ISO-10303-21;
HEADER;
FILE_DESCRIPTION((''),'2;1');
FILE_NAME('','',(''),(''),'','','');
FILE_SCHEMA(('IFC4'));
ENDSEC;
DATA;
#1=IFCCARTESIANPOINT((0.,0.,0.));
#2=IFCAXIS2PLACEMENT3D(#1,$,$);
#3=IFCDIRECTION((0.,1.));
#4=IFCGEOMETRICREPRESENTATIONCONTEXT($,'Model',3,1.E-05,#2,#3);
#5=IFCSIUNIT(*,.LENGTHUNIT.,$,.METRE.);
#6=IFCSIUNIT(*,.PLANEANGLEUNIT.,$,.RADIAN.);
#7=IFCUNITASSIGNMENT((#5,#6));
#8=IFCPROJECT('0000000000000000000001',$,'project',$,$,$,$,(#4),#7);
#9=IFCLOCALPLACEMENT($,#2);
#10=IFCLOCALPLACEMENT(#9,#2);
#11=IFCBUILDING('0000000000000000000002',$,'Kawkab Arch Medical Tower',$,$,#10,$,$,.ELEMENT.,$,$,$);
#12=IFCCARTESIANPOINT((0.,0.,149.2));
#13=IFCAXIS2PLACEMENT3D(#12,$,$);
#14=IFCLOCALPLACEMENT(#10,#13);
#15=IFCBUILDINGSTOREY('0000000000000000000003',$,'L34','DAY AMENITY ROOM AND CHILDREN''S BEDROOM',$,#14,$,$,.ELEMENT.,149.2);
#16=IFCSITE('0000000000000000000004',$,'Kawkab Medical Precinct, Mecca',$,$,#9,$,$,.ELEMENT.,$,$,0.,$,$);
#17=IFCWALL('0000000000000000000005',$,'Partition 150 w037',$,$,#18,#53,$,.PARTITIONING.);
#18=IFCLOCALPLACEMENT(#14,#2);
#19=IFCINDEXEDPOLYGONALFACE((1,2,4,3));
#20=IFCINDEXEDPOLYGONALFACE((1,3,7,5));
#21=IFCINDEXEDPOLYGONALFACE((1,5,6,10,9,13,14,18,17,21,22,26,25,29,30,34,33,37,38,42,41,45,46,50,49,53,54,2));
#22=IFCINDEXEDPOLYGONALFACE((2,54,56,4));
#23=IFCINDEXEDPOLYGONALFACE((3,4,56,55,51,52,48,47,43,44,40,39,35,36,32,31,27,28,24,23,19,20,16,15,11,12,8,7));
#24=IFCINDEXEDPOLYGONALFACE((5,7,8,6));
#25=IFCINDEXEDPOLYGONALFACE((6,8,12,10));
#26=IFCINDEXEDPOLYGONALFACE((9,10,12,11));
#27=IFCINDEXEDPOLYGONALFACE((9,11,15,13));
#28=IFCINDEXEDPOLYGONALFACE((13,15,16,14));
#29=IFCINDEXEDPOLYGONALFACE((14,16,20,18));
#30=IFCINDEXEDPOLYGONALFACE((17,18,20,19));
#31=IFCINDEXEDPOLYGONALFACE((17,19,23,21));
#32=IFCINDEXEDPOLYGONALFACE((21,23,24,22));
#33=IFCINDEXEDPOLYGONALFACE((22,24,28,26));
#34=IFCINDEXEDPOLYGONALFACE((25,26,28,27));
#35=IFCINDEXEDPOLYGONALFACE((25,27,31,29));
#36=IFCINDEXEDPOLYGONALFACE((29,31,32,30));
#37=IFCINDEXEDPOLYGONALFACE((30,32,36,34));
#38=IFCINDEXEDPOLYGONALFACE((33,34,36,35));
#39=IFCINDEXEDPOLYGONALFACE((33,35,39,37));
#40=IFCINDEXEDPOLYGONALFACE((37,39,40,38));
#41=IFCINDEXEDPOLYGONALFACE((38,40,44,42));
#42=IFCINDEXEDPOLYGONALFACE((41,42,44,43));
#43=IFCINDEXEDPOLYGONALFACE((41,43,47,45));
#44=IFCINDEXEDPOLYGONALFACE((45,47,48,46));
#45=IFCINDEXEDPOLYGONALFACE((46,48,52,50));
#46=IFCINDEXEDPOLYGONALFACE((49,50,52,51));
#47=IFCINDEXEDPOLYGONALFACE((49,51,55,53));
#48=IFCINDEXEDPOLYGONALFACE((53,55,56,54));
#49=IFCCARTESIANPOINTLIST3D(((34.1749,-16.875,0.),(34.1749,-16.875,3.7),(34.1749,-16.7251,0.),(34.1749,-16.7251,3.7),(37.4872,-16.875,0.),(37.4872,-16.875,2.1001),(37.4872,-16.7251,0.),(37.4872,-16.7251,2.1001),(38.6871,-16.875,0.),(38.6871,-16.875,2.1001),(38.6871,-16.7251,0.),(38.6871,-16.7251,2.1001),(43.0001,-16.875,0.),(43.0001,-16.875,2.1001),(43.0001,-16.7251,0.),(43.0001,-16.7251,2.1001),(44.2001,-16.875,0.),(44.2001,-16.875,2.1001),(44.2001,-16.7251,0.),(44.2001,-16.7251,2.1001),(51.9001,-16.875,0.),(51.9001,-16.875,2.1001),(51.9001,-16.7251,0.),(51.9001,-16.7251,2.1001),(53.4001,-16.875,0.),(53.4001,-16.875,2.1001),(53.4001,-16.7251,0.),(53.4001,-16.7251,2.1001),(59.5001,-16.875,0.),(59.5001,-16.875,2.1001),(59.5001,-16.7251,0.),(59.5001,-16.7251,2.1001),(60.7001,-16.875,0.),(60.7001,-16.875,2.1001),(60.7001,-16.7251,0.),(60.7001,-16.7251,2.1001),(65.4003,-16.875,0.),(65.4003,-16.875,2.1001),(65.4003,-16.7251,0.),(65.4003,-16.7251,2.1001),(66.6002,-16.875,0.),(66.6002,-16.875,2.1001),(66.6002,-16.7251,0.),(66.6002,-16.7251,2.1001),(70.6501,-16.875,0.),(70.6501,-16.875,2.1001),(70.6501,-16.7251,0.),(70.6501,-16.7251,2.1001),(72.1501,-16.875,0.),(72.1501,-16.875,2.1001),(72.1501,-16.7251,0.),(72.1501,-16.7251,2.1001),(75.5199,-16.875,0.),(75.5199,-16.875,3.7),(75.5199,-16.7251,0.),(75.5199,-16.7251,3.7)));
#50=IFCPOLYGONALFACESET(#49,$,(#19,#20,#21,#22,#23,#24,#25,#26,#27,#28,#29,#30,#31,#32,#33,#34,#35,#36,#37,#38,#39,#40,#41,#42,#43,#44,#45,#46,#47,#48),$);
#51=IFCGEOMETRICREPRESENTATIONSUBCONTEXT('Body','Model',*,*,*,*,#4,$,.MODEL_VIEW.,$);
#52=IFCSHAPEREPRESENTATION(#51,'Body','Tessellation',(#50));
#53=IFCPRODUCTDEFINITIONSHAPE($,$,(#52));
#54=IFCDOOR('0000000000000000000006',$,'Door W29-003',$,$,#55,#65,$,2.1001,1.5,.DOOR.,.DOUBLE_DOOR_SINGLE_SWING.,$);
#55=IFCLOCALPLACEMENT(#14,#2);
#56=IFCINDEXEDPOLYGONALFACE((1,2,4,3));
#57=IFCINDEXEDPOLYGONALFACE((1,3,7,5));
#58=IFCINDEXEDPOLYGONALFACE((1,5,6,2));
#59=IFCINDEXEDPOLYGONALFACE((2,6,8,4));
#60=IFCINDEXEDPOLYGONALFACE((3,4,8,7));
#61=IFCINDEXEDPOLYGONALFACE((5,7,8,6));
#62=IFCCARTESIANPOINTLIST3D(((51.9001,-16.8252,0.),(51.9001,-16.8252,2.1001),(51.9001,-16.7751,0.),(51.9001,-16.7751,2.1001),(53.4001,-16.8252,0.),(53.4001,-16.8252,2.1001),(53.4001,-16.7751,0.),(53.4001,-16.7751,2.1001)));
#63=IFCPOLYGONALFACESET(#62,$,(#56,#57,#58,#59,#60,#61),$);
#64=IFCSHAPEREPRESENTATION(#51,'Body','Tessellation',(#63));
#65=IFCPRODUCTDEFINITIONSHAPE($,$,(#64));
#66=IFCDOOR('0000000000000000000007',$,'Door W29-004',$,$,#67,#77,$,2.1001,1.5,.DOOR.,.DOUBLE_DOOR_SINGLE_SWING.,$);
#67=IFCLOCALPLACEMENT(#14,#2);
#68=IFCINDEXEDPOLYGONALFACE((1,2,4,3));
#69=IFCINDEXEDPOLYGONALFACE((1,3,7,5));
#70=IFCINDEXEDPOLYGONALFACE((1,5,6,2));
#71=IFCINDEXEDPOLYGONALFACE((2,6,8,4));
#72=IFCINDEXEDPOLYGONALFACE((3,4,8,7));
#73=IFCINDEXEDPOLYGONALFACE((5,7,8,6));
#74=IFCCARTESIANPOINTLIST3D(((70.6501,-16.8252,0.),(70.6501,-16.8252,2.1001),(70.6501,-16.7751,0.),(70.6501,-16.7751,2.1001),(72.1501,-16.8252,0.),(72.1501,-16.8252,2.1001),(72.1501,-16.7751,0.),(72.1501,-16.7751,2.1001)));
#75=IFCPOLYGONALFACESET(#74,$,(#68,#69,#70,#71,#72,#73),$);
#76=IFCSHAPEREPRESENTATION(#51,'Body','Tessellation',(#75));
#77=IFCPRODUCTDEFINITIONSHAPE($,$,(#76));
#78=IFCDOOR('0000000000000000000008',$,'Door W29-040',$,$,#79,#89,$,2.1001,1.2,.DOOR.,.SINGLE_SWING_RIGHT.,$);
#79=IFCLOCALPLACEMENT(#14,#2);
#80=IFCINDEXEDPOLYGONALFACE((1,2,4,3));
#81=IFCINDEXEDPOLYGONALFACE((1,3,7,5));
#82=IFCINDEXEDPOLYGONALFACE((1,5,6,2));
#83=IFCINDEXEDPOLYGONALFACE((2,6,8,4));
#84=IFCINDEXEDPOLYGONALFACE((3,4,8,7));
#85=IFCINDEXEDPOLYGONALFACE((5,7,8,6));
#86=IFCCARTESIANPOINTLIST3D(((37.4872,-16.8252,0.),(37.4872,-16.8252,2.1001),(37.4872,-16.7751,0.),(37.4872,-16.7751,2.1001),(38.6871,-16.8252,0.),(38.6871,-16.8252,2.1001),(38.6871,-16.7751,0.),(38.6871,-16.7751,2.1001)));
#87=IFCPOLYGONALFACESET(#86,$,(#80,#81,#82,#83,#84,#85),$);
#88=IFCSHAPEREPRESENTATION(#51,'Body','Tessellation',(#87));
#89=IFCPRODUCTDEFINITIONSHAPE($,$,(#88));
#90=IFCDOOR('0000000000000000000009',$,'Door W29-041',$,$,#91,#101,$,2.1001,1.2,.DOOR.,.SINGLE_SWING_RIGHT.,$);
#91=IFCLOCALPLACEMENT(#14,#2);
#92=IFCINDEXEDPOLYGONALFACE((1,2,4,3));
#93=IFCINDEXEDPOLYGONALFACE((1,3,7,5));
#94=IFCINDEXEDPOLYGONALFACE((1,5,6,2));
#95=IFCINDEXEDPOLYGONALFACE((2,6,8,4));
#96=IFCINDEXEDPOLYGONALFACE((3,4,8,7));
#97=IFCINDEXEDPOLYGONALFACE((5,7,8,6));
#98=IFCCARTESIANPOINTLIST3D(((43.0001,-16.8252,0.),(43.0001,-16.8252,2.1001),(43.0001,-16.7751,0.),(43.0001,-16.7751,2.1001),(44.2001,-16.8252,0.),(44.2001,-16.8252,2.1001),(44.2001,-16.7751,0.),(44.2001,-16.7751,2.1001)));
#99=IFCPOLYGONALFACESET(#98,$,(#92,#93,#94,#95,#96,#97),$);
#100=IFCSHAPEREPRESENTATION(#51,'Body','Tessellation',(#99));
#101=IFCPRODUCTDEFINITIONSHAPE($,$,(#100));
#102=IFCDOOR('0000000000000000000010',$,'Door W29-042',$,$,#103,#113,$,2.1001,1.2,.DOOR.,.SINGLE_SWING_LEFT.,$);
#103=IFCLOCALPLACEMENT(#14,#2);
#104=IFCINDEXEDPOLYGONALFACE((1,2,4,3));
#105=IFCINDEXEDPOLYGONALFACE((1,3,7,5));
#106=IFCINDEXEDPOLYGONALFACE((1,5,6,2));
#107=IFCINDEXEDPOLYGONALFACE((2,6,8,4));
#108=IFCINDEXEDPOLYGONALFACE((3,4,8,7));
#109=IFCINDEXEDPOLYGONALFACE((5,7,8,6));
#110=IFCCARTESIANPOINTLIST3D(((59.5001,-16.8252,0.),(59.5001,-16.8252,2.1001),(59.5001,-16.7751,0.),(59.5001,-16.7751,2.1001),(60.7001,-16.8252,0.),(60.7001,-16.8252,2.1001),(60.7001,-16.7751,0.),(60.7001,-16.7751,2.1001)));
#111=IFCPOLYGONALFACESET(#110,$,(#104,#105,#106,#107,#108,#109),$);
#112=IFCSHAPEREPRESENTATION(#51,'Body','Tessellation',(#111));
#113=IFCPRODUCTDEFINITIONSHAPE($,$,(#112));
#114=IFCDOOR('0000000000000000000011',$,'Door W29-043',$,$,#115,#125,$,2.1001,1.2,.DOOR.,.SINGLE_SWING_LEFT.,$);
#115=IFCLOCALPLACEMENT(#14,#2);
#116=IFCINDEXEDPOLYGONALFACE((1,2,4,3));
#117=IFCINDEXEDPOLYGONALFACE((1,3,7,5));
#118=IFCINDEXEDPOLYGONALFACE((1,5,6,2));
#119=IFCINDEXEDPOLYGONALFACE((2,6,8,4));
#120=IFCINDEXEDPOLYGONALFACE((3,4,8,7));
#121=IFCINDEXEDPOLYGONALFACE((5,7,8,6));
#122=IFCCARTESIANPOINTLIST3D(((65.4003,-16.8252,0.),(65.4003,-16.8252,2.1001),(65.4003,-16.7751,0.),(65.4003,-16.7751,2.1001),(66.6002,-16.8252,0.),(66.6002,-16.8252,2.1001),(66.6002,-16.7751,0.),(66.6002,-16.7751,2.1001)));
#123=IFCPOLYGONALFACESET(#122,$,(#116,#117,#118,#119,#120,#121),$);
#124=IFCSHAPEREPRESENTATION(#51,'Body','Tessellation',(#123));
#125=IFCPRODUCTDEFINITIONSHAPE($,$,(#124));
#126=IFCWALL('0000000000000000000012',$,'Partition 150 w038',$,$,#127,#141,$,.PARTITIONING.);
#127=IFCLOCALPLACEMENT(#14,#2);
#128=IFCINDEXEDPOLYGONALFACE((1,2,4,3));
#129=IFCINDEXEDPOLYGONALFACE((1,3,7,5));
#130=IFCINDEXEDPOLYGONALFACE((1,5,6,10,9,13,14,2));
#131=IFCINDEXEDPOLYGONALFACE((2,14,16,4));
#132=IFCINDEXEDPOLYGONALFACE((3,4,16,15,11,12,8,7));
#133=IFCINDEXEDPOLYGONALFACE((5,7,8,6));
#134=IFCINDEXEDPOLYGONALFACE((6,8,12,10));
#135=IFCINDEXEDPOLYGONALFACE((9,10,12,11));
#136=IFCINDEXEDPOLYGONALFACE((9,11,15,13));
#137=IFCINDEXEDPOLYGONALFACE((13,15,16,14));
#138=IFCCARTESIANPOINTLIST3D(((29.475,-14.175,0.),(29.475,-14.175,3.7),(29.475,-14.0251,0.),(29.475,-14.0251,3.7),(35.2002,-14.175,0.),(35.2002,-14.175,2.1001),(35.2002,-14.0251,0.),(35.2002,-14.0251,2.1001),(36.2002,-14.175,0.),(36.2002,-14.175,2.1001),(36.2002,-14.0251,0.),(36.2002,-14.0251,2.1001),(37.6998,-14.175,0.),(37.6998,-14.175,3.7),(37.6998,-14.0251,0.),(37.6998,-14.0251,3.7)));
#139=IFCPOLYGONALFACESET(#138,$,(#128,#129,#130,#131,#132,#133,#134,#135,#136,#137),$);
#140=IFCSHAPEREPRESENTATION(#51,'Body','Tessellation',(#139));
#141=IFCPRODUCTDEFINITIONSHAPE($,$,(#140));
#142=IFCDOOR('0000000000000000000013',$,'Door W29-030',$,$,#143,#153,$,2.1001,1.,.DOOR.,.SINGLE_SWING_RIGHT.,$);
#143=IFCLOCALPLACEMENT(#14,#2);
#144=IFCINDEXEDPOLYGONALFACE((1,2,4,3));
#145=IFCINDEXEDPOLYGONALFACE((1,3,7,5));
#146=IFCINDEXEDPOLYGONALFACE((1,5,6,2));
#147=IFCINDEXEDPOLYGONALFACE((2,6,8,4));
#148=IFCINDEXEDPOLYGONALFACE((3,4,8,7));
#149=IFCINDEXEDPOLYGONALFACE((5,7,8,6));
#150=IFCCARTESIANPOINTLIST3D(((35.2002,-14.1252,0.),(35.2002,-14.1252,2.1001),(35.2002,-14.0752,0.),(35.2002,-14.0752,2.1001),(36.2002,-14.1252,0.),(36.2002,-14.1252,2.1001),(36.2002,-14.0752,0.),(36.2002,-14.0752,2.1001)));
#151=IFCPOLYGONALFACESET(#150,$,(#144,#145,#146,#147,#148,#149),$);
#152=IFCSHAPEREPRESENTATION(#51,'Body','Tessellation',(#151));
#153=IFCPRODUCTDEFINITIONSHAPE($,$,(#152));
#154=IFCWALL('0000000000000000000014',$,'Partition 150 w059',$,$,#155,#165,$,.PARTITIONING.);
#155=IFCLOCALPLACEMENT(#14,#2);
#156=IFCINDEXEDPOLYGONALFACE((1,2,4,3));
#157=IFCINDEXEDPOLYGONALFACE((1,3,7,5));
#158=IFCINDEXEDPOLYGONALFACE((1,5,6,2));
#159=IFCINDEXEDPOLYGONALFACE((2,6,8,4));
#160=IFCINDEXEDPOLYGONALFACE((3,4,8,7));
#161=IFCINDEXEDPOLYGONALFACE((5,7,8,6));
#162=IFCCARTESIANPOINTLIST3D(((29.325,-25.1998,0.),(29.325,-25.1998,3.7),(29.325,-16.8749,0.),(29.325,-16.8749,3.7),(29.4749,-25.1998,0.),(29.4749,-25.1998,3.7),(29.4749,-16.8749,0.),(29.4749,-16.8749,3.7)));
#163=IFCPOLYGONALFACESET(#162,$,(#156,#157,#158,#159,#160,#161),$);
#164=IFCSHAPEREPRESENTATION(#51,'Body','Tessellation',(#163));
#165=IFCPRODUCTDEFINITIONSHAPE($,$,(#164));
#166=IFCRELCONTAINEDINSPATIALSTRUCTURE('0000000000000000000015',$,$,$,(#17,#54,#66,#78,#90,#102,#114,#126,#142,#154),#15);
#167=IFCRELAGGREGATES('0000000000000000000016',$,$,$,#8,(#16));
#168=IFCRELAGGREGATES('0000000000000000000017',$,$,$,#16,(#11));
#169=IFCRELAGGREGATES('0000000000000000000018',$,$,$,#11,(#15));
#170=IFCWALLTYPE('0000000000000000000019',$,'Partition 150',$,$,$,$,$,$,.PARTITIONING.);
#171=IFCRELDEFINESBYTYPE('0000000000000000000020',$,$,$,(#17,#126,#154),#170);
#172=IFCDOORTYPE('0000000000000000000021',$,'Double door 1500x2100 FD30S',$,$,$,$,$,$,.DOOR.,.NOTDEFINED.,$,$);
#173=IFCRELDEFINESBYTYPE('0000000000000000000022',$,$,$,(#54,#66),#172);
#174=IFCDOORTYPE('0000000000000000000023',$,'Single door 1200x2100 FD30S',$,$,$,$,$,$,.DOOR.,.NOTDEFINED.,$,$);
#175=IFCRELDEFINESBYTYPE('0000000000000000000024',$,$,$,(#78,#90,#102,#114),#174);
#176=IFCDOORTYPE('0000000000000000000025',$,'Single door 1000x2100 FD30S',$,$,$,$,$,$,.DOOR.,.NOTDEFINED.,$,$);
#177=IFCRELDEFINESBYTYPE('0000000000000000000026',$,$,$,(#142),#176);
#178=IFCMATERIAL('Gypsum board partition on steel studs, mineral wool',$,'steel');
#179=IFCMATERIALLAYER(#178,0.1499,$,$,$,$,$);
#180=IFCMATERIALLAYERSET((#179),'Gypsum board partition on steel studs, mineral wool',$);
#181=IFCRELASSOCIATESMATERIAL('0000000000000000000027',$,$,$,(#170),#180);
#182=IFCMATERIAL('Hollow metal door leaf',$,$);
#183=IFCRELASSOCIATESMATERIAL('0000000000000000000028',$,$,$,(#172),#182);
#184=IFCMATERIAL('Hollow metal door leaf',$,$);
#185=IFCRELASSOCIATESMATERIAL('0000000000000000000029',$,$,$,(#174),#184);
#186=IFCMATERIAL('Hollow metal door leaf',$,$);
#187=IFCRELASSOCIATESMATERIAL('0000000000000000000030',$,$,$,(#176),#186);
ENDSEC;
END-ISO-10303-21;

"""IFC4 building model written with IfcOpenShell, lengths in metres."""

from ifc_helpers import new_model, si_unit, direction, frame, frame_2d, origin, place, context, subcontext, project, spatial, rectangle, extrude, material, layer, layer_set, type_object, element, fill, save


model = new_model("IFC4")

# Units and contexts
model_context = context("Model", 3, precision=1e-05, world=origin(), true_north=direction((0.0, 1.0)))
body_context = subcontext(model_context, "Body", "Model", "MODEL_VIEW")
ifc_project = project(units=[si_unit("LENGTHUNIT", "METRE"), si_unit("PLANEANGLEUNIT", "RADIAN")], contexts=[model_context])

# Site, building, storey
site_placement = place(None, origin())
site = spatial("IfcSite", under=ifc_project, at=site_placement, Name="Kawkab Medical Precinct, Mecca", CompositionType="ELEMENT", RefElevation=0.0)
building_placement = place(site_placement, origin())
building = spatial("IfcBuilding", under=site, at=building_placement, Name="Kawkab Arch Medical Tower", CompositionType="ELEMENT")
storey_placement = place(building_placement, frame((0.0, 0.0, 149.2)))
storey = spatial("IfcBuildingStorey", under=building, at=storey_placement, Name="L34", Description="DAY AMENITY ROOM AND CHILDREN'S BEDROOM", CompositionType="ELEMENT", Elevation=149.2)

# Shared definitions
ifc_material_1 = material(Name="Gypsum board partition on steel studs, mineral wool", Category="steel")
ifc_layer_1 = layer(ifc_material_1, 0.1499)
ifc_layer_set_1 = layer_set([ifc_layer_1], Name="Gypsum board partition on steel studs, mineral wool")
wall_type_1 = type_object("IfcWallType", Name="Partition 150", PredefinedType="PARTITIONING", material=ifc_layer_set_1)

# Wall, openings, doors
ifc_material_2 = material(Name="Hollow metal door leaf")
door_type_1 = type_object("IfcDoorType", Name="Double door 1500x2100 FD30S", OperationType="NOTDEFINED", PredefinedType="DOOR", material=ifc_material_2)
wall_1_placement = place(storey_placement, frame((34.175, -16.8, 0.0), z_axis=(0.0, 0.0, 1.0), x_axis=(1.0, 0.0, 0.0)))
wall_1 = element("IfcWall", 1, at=wall_1_placement, inside=storey, type_object=wall_type_1, Name="Partition 150 w037", PredefinedType="PARTITIONING", context=body_context, shape_type="SweptSolid", body=[
    extrude(rectangle(XDim=41.345, YDim=0.1499, at=frame_2d((20.6724, 0.0))), origin(), (0.0, 0.0, 1.0), 3.7),
])
opening_1_placement = place(wall_1_placement, frame((3.312, 0.0, 0.0)))
opening_1 = element("IfcOpeningElement", 2, at=opening_1_placement, cuts=wall_1, PredefinedType="OPENING", context=body_context, shape_type="SweptSolid", body=[
    extrude(rectangle(XDim=1.2, YDim=2.1001, at=frame_2d((0.6001, 1.05))), frame((0.0, 0.085, 0.0), z_axis=(0.0, -1.0, 0.0), x_axis=(1.0, 0.0, 0.0)), (0.0, 0.0, 1.0), 0.1699),
])
opening_2_placement = place(wall_1_placement, frame((8.825, 0.0, 0.0)))
opening_2 = element("IfcOpeningElement", 3, at=opening_2_placement, cuts=wall_1, PredefinedType="OPENING", context=body_context, shape_type="SweptSolid", body=[
    extrude(rectangle(XDim=1.2, YDim=2.1001, at=frame_2d((0.6001, 1.05))), frame((0.0, 0.085, 0.0), z_axis=(0.0, -1.0, 0.0), x_axis=(1.0, 0.0, 0.0)), (0.0, 0.0, 1.0), 0.1699),
])
opening_3_placement = place(wall_1_placement, frame((17.7251, 0.0, 0.0)))
opening_3 = element("IfcOpeningElement", 4, at=opening_3_placement, cuts=wall_1, PredefinedType="OPENING", context=body_context, shape_type="SweptSolid", body=[
    extrude(rectangle(XDim=1.5, YDim=2.1001, at=frame_2d((0.75, 1.05))), frame((0.0, 0.085, 0.0), z_axis=(0.0, -1.0, 0.0), x_axis=(1.0, 0.0, 0.0)), (0.0, 0.0, 1.0), 0.1699),
])
opening_4_placement = place(wall_1_placement, frame((25.325, 0.0, 0.0)))
opening_4 = element("IfcOpeningElement", 5, at=opening_4_placement, cuts=wall_1, PredefinedType="OPENING", context=body_context, shape_type="SweptSolid", body=[
    extrude(rectangle(XDim=1.2, YDim=2.1001, at=frame_2d((0.6001, 1.05))), frame((0.0, 0.085, 0.0), z_axis=(0.0, -1.0, 0.0), x_axis=(1.0, 0.0, 0.0)), (0.0, 0.0, 1.0), 0.1699),
])
opening_5_placement = place(wall_1_placement, frame((31.2251, 0.0, 0.0)))
opening_5 = element("IfcOpeningElement", 6, at=opening_5_placement, cuts=wall_1, PredefinedType="OPENING", context=body_context, shape_type="SweptSolid", body=[
    extrude(rectangle(XDim=1.2, YDim=2.1001, at=frame_2d((0.6001, 1.05))), frame((0.0, 0.085, 0.0), z_axis=(0.0, -1.0, 0.0), x_axis=(1.0, 0.0, 0.0)), (0.0, 0.0, 1.0), 0.1699),
])
opening_6_placement = place(wall_1_placement, frame((36.4751, 0.0, 0.0)))
opening_6 = element("IfcOpeningElement", 7, at=opening_6_placement, cuts=wall_1, PredefinedType="OPENING", context=body_context, shape_type="SweptSolid", body=[
    extrude(rectangle(XDim=1.5, YDim=2.1001, at=frame_2d((0.75, 1.05))), frame((0.0, 0.085, 0.0), z_axis=(0.0, -1.0, 0.0), x_axis=(1.0, 0.0, 0.0)), (0.0, 0.0, 1.0), 0.1699),
])
door_1_placement = place(opening_3_placement, origin())
door_1 = element("IfcDoor", 8, at=door_1_placement, inside=storey, type_object=door_type_1, Name="Door W29-003", OperationType="DOUBLE_DOOR_SINGLE_SWING", OverallHeight=2.1001, OverallWidth=1.5, PredefinedType="DOOR", context=body_context, shape_type="SweptSolid", body=[
    extrude(rectangle(XDim=1.5, YDim=2.1001, at=frame_2d((0.75, 1.05))), frame((0.0, 0.0249, 0.0), z_axis=(0.0, -1.0, 0.0), x_axis=(1.0, 0.0, 0.0)), (0.0, 0.0, 1.0), 0.05),
])
fill(opening_3, door_1)
door_2_placement = place(opening_6_placement, origin())
door_2 = element("IfcDoor", 9, at=door_2_placement, inside=storey, type_object=door_type_1, Name="Door W29-004", OperationType="DOUBLE_DOOR_SINGLE_SWING", OverallHeight=2.1001, OverallWidth=1.5, PredefinedType="DOOR", context=body_context, shape_type="SweptSolid", body=[
    extrude(rectangle(XDim=1.5, YDim=2.1001, at=frame_2d((0.75, 1.05))), frame((0.0, 0.0249, 0.0), z_axis=(0.0, -1.0, 0.0), x_axis=(1.0, 0.0, 0.0)), (0.0, 0.0, 1.0), 0.05),
])
fill(opening_6, door_2)
ifc_material_3 = material(Name="Hollow metal door leaf")
door_type_2 = type_object("IfcDoorType", Name="Single door 1200x2100 FD30S", OperationType="NOTDEFINED", PredefinedType="DOOR", material=ifc_material_3)
door_3_placement = place(opening_1_placement, origin())
door_3 = element("IfcDoor", 10, at=door_3_placement, inside=storey, type_object=door_type_2, Name="Door W29-040", OperationType="SINGLE_SWING_RIGHT", OverallHeight=2.1001, OverallWidth=1.2, PredefinedType="DOOR", context=body_context, shape_type="SweptSolid", body=[
    extrude(rectangle(XDim=1.2, YDim=2.1001, at=frame_2d((0.6001, 1.05))), frame((0.0, 0.0249, 0.0), z_axis=(0.0, -1.0, 0.0), x_axis=(1.0, 0.0, 0.0)), (0.0, 0.0, 1.0), 0.05),
])
fill(opening_1, door_3)
door_4_placement = place(opening_2_placement, origin())
door_4 = element("IfcDoor", 11, at=door_4_placement, inside=storey, type_object=door_type_2, Name="Door W29-041", OperationType="SINGLE_SWING_RIGHT", OverallHeight=2.1001, OverallWidth=1.2, PredefinedType="DOOR", context=body_context, shape_type="SweptSolid", body=[
    extrude(rectangle(XDim=1.2, YDim=2.1001, at=frame_2d((0.6001, 1.05))), frame((0.0, 0.0249, 0.0), z_axis=(0.0, -1.0, 0.0), x_axis=(1.0, 0.0, 0.0)), (0.0, 0.0, 1.0), 0.05),
])
fill(opening_2, door_4)
door_5_placement = place(opening_4_placement, origin())
door_5 = element("IfcDoor", 12, at=door_5_placement, inside=storey, type_object=door_type_2, Name="Door W29-042", OperationType="SINGLE_SWING_LEFT", OverallHeight=2.1001, OverallWidth=1.2, PredefinedType="DOOR", context=body_context, shape_type="SweptSolid", body=[
    extrude(rectangle(XDim=1.2, YDim=2.1001, at=frame_2d((0.6001, 1.05))), frame((0.0, 0.0249, 0.0), z_axis=(0.0, -1.0, 0.0), x_axis=(1.0, 0.0, 0.0)), (0.0, 0.0, 1.0), 0.05),
])
fill(opening_4, door_5)
door_6_placement = place(opening_5_placement, origin())
door_6 = element("IfcDoor", 13, at=door_6_placement, inside=storey, type_object=door_type_2, Name="Door W29-043", OperationType="SINGLE_SWING_LEFT", OverallHeight=2.1001, OverallWidth=1.2, PredefinedType="DOOR", context=body_context, shape_type="SweptSolid", body=[
    extrude(rectangle(XDim=1.2, YDim=2.1001, at=frame_2d((0.6001, 1.05))), frame((0.0, 0.0249, 0.0), z_axis=(0.0, -1.0, 0.0), x_axis=(1.0, 0.0, 0.0)), (0.0, 0.0, 1.0), 0.05),
])
fill(opening_5, door_6)

# Wall, opening, door
wall_2_placement = place(storey_placement, frame((29.4751, -14.1001, 0.0), z_axis=(0.0, 0.0, 1.0), x_axis=(1.0, 0.0, 0.0)))
wall_2 = element("IfcWall", 14, at=wall_2_placement, inside=storey, type_object=wall_type_1, Name="Partition 150 w038", PredefinedType="PARTITIONING", context=body_context, shape_type="SweptSolid", body=[
    extrude(rectangle(XDim=8.2249, YDim=0.1499, at=frame_2d((4.1123, 0.0))), origin(), (0.0, 0.0, 1.0), 3.7),
])
opening_7_placement = place(wall_2_placement, frame((5.7251, 0.0, 0.0)))
opening_7 = element("IfcOpeningElement", 15, at=opening_7_placement, cuts=wall_2, PredefinedType="OPENING", context=body_context, shape_type="SweptSolid", body=[
    extrude(rectangle(XDim=1.0, YDim=2.1001, at=frame_2d((0.5, 1.05))), frame((0.0, 0.085, 0.0), z_axis=(0.0, -1.0, 0.0), x_axis=(1.0, 0.0, 0.0)), (0.0, 0.0, 1.0), 0.1699),
])
ifc_material_4 = material(Name="Hollow metal door leaf")
door_type_3 = type_object("IfcDoorType", Name="Single door 1000x2100 FD30S", OperationType="NOTDEFINED", PredefinedType="DOOR", material=ifc_material_4)
door_7_placement = place(opening_7_placement, origin())
door_7 = element("IfcDoor", 16, at=door_7_placement, inside=storey, type_object=door_type_3, Name="Door W29-030", OperationType="SINGLE_SWING_RIGHT", OverallHeight=2.1001, OverallWidth=1.0, PredefinedType="DOOR", context=body_context, shape_type="SweptSolid", body=[
    extrude(rectangle(XDim=1.0, YDim=2.1001, at=frame_2d((0.5, 1.05))), frame((0.0, 0.0249, 0.0), z_axis=(0.0, -1.0, 0.0), x_axis=(1.0, 0.0, 0.0)), (0.0, 0.0, 1.0), 0.05),
])
fill(opening_7, door_7)

# Wall
wall_3_placement = place(storey_placement, frame((29.3999, -25.2, 0.0), z_axis=(0.0, 0.0, 1.0), x_axis=(0.0, 1.0, 0.0)))
element("IfcWall", 17, at=wall_3_placement, inside=storey, type_object=wall_type_1, Name="Partition 150 w059", PredefinedType="PARTITIONING", context=body_context, shape_type="SweptSolid", body=[
    extrude(rectangle(XDim=8.325, YDim=0.1499, at=frame_2d((4.1626, 0.0))), origin(), (0.0, 0.0, 1.0), 3.7),
])

save(model, "model.ifc")
